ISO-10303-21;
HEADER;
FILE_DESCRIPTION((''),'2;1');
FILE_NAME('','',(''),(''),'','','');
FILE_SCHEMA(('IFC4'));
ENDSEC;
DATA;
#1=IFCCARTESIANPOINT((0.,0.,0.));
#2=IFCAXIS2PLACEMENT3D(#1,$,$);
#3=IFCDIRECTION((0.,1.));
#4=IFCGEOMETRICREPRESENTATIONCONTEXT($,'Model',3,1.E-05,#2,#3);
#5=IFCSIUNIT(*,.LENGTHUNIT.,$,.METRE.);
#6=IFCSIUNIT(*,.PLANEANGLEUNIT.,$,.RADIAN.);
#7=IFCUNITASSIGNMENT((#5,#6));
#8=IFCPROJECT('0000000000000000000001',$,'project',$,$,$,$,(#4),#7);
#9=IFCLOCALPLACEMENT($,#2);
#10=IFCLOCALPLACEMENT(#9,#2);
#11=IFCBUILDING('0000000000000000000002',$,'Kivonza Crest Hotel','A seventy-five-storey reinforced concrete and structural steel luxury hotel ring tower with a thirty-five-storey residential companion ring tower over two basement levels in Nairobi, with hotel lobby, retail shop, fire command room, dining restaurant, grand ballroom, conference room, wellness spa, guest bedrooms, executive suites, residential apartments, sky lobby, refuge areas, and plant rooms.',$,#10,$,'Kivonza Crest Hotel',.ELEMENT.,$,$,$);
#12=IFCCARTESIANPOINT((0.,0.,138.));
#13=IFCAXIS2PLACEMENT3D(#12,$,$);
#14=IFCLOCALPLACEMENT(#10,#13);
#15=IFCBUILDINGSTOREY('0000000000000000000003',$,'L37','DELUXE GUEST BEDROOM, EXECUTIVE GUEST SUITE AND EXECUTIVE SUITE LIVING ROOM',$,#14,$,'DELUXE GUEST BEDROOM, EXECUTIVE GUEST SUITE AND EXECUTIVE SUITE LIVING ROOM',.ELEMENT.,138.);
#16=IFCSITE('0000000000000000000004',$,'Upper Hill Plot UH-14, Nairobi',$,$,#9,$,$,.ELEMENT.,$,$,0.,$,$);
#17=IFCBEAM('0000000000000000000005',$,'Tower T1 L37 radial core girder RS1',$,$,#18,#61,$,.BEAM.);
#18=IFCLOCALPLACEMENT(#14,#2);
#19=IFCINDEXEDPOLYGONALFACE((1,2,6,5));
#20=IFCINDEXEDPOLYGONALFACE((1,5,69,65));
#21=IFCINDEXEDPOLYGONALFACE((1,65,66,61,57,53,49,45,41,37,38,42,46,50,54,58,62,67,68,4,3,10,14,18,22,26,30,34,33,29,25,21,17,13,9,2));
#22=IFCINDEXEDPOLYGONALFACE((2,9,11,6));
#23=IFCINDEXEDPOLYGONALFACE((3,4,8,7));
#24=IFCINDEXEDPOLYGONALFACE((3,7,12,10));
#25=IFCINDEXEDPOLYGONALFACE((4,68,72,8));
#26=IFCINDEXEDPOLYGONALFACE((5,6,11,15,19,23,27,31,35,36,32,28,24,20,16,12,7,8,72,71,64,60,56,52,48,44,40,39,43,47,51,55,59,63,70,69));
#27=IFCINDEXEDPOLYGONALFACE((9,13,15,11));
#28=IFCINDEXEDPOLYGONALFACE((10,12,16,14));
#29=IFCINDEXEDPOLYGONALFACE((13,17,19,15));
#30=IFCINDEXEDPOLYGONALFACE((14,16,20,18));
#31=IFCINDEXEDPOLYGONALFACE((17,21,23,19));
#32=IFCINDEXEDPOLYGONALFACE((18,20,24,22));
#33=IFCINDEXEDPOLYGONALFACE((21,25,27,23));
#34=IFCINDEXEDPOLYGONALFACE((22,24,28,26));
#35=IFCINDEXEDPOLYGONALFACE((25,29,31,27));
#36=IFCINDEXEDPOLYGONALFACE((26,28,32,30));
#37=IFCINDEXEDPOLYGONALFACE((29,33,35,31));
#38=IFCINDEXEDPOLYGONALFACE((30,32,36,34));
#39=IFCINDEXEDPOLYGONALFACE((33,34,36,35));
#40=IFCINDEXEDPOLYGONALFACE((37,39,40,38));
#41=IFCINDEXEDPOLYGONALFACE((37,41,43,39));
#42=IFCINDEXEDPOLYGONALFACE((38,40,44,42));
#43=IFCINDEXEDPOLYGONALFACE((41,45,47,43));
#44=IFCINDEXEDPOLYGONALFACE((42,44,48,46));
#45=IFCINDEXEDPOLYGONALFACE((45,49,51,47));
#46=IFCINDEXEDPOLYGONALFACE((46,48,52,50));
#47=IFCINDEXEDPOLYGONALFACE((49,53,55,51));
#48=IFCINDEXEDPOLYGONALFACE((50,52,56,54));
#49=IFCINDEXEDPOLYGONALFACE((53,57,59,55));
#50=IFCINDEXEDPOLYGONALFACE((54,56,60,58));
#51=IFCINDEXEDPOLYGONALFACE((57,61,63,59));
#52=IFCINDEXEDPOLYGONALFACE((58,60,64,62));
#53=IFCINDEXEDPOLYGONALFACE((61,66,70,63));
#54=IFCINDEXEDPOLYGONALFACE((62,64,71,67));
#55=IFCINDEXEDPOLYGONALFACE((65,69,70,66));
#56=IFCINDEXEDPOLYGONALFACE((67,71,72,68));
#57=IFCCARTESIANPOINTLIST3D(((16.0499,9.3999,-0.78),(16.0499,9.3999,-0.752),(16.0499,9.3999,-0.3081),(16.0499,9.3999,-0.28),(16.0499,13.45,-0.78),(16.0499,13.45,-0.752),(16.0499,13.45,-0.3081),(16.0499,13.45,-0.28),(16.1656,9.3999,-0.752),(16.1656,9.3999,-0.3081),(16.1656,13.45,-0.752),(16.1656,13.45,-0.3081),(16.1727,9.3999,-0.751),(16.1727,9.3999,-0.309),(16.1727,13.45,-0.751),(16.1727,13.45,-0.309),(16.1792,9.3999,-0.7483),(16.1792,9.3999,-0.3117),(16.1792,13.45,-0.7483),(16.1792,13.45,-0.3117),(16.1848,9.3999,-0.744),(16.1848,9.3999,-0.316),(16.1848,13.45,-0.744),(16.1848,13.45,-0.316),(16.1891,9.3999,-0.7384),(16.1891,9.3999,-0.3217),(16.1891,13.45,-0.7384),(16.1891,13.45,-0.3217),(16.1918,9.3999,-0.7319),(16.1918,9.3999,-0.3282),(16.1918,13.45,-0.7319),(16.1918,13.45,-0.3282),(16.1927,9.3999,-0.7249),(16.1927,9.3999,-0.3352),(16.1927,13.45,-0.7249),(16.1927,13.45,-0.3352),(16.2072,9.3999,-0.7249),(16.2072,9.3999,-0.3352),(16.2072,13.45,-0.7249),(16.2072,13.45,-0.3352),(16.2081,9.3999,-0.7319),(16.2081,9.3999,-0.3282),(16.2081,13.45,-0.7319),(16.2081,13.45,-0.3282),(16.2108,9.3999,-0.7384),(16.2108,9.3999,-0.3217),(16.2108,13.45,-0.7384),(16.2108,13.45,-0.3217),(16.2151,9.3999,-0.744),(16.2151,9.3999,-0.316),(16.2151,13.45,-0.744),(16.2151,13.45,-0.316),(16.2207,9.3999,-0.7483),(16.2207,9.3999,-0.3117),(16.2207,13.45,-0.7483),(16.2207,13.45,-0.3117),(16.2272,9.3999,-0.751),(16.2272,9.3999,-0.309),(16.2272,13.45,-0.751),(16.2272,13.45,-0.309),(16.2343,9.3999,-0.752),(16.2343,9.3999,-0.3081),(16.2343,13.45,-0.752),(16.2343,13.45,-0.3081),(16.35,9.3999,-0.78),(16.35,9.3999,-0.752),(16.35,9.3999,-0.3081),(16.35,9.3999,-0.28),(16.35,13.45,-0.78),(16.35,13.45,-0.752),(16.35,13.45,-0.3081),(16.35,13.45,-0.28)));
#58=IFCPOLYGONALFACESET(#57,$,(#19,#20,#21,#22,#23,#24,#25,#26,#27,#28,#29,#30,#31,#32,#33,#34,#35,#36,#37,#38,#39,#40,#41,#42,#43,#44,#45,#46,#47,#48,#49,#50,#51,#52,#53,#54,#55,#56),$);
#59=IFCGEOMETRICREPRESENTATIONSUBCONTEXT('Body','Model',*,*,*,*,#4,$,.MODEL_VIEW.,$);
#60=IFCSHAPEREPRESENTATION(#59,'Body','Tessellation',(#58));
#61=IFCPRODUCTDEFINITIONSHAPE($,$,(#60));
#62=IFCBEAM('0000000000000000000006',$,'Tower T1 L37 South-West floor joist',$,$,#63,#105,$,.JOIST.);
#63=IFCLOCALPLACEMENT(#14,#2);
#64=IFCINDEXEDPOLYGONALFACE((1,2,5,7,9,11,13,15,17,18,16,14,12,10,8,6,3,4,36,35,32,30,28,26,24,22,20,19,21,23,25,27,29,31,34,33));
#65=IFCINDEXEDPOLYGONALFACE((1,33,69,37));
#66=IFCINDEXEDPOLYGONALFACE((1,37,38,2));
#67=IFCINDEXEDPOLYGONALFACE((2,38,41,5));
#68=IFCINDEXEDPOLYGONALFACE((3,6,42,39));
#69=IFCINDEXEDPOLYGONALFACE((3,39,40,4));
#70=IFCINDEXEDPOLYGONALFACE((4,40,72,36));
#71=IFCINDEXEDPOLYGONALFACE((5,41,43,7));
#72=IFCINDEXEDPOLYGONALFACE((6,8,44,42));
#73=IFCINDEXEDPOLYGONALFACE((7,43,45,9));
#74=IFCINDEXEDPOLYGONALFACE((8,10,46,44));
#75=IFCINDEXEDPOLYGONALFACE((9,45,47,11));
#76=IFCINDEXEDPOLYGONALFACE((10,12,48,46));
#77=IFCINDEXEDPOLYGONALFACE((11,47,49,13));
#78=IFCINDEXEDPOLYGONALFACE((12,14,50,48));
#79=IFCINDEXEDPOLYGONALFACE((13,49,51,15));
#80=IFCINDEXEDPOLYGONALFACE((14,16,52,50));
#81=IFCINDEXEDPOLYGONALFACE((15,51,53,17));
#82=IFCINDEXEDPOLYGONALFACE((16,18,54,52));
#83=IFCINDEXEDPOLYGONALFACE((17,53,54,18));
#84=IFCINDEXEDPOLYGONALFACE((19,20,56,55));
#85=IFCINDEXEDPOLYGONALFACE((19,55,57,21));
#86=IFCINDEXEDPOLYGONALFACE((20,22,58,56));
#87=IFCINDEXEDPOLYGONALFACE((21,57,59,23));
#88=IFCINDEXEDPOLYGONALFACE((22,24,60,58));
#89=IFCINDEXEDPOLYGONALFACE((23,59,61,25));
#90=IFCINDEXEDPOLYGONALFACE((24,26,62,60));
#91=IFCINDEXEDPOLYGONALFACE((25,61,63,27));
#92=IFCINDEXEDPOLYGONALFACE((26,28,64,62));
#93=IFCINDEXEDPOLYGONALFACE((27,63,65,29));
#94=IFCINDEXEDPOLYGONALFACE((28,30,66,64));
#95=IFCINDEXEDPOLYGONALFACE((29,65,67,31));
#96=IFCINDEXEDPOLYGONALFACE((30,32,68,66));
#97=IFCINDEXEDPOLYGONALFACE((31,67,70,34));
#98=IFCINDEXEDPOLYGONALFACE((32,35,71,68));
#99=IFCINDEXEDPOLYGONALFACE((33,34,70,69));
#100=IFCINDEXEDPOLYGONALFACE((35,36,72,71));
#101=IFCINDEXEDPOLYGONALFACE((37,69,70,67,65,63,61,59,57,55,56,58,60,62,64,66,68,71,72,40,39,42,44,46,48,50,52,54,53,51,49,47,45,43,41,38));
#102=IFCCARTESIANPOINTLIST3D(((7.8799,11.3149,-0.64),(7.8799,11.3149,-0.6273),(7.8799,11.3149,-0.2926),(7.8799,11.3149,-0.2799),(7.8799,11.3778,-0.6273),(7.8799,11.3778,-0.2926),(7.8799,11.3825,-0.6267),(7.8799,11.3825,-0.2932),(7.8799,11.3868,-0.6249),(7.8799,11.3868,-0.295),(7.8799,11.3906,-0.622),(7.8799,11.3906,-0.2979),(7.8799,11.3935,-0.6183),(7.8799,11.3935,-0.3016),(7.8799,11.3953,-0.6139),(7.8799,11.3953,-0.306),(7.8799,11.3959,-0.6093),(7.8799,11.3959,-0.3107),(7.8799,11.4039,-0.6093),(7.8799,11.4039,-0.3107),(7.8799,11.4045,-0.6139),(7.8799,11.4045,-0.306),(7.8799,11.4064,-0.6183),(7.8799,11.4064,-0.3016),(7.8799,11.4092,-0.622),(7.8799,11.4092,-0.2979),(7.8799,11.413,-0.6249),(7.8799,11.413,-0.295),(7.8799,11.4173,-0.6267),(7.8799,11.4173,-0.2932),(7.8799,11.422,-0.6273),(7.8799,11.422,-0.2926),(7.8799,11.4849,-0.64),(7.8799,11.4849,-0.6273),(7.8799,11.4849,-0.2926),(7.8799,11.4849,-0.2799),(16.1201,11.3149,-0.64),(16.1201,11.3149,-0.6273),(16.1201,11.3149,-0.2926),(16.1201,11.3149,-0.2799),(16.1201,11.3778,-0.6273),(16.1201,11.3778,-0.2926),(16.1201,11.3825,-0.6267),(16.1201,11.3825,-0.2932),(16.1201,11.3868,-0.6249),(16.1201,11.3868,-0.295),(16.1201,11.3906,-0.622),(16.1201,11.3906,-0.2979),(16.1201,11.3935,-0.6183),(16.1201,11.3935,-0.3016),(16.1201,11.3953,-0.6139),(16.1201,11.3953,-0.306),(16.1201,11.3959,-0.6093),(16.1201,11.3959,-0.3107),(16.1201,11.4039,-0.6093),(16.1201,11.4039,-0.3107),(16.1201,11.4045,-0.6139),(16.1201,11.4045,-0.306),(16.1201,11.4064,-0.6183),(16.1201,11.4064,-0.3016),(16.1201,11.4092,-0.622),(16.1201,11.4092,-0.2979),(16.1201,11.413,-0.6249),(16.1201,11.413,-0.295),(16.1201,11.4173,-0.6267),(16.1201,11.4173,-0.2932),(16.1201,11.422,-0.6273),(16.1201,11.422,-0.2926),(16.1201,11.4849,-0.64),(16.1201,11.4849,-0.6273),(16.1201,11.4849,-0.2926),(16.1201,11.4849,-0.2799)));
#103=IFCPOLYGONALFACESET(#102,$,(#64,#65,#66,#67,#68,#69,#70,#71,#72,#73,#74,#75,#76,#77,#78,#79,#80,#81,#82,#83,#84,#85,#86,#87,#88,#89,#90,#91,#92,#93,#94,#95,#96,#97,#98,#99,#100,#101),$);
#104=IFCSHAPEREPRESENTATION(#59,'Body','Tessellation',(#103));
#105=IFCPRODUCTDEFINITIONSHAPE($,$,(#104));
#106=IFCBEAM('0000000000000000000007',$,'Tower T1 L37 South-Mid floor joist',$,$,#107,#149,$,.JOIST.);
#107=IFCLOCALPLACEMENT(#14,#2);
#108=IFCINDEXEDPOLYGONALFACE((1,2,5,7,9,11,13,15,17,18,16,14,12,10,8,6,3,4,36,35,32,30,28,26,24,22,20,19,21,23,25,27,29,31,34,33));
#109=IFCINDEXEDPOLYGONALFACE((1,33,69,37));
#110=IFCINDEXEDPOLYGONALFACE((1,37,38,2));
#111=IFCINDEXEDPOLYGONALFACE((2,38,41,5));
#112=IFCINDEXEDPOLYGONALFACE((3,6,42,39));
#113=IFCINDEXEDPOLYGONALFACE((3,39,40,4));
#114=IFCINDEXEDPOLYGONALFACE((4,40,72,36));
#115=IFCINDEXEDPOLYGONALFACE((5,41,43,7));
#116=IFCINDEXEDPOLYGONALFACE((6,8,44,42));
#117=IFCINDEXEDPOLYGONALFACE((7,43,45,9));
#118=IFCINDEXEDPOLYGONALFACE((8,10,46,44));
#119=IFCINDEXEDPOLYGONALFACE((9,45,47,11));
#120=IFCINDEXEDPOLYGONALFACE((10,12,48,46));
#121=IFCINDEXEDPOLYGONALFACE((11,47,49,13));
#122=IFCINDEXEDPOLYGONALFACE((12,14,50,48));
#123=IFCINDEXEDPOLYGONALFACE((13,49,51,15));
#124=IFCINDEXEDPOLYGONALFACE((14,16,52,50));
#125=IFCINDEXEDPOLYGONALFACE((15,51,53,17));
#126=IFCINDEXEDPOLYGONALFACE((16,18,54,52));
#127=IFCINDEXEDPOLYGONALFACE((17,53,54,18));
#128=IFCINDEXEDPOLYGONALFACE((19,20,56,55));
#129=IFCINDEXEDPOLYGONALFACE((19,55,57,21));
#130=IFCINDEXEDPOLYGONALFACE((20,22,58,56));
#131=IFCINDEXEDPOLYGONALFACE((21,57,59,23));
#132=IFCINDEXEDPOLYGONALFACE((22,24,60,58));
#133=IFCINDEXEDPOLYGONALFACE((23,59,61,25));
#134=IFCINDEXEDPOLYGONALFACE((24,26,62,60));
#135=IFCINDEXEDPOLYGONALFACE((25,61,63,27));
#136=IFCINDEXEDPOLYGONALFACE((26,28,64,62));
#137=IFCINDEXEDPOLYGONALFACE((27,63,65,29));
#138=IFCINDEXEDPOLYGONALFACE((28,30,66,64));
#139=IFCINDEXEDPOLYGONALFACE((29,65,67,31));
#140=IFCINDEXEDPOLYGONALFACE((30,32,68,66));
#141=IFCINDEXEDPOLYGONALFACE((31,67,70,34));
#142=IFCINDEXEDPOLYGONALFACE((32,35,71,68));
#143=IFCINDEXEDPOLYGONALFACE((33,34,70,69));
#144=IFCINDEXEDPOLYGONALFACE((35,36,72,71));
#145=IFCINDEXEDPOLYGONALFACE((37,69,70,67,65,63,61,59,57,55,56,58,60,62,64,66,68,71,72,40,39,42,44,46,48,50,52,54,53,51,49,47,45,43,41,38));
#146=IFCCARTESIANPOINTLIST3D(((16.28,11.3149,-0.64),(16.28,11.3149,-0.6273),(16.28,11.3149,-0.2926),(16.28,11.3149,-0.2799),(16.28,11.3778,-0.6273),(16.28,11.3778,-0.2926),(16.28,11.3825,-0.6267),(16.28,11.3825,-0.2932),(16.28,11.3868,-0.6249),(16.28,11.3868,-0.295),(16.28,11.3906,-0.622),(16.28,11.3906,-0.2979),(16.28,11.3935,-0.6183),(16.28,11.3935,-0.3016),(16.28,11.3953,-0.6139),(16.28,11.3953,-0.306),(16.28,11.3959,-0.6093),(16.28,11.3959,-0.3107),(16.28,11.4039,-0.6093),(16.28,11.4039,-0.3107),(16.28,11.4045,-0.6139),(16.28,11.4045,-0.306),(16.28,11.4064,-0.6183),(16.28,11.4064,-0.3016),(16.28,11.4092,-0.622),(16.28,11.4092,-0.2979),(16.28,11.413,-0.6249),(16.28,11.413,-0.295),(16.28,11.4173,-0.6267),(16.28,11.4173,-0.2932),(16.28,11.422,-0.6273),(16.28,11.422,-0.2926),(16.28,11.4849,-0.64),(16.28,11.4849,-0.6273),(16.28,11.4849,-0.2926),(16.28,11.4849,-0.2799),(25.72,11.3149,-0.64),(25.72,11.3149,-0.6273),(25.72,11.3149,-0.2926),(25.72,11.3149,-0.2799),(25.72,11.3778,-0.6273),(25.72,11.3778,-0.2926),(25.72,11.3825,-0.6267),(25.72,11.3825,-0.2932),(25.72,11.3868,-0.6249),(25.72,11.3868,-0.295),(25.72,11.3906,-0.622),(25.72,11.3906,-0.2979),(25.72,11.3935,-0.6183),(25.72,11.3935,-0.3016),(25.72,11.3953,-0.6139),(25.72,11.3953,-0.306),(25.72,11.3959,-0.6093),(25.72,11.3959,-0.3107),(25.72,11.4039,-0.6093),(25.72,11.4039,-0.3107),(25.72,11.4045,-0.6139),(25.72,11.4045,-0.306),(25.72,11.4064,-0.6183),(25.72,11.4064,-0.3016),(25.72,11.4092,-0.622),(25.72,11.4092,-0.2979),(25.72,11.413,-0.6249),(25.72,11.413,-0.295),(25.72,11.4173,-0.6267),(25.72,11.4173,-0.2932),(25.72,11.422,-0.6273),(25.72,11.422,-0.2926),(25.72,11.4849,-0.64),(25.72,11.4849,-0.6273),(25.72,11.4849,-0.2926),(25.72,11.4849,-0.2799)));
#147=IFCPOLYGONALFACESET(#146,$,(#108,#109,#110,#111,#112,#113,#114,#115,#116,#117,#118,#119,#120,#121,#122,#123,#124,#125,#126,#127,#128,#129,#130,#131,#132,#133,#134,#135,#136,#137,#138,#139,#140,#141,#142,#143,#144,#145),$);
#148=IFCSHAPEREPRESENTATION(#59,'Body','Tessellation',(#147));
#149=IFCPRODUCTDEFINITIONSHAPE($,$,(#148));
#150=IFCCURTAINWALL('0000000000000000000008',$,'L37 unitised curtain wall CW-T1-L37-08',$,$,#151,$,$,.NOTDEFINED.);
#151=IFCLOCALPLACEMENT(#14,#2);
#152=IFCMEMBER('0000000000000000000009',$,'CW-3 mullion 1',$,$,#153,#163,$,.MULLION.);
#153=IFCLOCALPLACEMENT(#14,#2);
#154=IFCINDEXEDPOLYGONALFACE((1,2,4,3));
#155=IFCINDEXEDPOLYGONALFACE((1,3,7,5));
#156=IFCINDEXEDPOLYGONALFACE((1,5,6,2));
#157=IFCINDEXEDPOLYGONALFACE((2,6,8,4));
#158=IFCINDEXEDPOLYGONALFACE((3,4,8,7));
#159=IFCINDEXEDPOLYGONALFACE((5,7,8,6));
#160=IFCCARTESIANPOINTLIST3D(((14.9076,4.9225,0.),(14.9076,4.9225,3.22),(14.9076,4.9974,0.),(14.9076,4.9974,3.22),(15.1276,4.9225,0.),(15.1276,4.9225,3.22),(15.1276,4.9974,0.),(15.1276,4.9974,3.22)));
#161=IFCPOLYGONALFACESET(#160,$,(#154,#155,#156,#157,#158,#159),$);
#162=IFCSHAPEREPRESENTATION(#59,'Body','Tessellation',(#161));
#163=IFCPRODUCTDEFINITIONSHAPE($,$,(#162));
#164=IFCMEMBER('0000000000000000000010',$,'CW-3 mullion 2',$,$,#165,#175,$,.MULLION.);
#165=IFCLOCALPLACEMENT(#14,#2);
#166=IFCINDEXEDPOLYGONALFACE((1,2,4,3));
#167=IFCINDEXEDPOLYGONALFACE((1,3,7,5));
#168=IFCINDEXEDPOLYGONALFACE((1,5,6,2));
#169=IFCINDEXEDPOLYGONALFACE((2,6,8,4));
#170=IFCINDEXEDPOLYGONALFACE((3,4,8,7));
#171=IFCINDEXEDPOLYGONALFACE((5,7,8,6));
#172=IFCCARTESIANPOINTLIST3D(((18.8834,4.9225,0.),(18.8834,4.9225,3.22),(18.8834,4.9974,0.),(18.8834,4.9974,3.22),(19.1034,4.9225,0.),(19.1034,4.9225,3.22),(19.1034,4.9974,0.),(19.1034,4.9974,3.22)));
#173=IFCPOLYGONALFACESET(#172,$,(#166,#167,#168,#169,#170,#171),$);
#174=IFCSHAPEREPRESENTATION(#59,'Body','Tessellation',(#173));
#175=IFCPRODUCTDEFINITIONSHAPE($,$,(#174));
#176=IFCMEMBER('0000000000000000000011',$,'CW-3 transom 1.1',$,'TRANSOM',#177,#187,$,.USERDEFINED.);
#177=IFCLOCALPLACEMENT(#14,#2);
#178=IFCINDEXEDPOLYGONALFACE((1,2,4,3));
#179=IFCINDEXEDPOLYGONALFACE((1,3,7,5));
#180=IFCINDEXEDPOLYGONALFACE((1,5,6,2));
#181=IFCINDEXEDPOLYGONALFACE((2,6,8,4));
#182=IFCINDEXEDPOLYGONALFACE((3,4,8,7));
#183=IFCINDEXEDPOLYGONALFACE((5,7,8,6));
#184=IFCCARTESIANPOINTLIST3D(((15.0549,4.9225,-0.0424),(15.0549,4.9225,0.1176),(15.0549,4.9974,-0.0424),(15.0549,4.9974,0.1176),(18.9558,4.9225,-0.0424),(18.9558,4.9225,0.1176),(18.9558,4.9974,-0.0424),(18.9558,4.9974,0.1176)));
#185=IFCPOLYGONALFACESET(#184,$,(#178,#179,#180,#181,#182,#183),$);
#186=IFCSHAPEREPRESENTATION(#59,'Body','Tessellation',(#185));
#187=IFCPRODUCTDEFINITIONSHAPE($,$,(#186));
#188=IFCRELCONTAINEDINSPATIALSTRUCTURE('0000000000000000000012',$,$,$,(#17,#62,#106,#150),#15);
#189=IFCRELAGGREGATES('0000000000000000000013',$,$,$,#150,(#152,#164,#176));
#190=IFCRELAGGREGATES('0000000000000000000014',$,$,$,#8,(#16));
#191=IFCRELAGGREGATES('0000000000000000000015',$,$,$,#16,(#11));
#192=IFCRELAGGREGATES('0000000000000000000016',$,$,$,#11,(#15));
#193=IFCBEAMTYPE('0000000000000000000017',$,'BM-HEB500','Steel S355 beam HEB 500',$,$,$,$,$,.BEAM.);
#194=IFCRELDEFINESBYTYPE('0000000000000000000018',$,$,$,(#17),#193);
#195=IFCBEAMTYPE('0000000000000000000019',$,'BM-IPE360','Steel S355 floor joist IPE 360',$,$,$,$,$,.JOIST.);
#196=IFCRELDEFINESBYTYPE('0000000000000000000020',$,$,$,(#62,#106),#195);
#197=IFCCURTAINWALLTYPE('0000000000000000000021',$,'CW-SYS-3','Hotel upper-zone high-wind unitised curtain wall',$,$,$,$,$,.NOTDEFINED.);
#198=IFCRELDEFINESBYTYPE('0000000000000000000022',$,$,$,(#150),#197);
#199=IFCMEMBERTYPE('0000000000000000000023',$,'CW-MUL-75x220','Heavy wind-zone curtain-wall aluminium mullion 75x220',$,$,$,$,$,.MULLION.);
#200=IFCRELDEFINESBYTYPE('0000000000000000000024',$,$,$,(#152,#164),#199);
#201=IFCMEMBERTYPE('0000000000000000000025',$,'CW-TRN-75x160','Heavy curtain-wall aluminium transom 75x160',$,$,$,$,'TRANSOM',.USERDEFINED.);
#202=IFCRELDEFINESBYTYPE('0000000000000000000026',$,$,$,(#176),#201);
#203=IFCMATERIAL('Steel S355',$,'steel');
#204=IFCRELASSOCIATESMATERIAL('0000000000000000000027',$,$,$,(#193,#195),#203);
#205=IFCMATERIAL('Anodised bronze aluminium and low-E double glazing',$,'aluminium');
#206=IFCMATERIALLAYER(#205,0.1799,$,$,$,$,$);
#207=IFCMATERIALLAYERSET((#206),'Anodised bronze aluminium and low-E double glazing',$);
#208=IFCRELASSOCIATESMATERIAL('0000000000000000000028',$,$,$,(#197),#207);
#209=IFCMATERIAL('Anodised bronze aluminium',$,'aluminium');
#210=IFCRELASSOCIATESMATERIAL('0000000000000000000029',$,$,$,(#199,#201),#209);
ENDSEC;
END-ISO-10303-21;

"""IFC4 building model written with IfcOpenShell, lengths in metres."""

from ifc_helpers import new_model, si_unit, direction, frame, origin, origin_2d, place, context, subcontext, project, spatial, rectangle, i_section, extrude, material, layer, layer_set, material_profile, profile_set, type_object, element, aggregate, save


model = new_model("IFC4")

# Units and contexts
model_context = context("Model", 3, precision=1e-05, world=origin(), true_north=direction((0.0, 1.0)))
body_context = subcontext(model_context, "Body", "Model", "MODEL_VIEW")
ifc_project = project(units=[si_unit("LENGTHUNIT", "METRE"), si_unit("PLANEANGLEUNIT", "RADIAN")], contexts=[model_context])

# Site, building, storey
site_placement = place(None, origin())
site = spatial("IfcSite", under=ifc_project, at=site_placement, Name="Upper Hill Plot UH-14, Nairobi", CompositionType="ELEMENT", RefElevation=0.0)
building_placement = place(site_placement, origin())
building = spatial("IfcBuilding", under=site, at=building_placement, Name="Kivonza Crest Hotel", Description="A seventy-five-storey reinforced concrete and structural steel luxury hotel ring tower with a thirty-five-storey residential companion ring tower over two basement levels in Nairobi, with hotel lobby, retail shop, fire command room, dining restaurant, grand ballroom, conference room, wellness spa, guest bedrooms, executive suites, residential apartments, sky lobby, refuge areas, and plant rooms.", LongName="Kivonza Crest Hotel", CompositionType="ELEMENT")
storey_placement = place(building_placement, frame((0.0, 0.0, 138.0)))
storey = spatial("IfcBuildingStorey", under=building, at=storey_placement, Name="L37", Description="DELUXE GUEST BEDROOM, EXECUTIVE GUEST SUITE AND EXECUTIVE SUITE LIVING ROOM", LongName="DELUXE GUEST BEDROOM, EXECUTIVE GUEST SUITE AND EXECUTIVE SUITE LIVING ROOM", CompositionType="ELEMENT", Elevation=138.0)

# Beams
ifc_material_1 = material(Name="Steel S355", Category="steel")
ifc_material_profile_1 = material_profile(ifc_material_1, i_section(OverallWidth=0.3, OverallDepth=0.5, WebThickness=0.0144, FlangeThickness=0.0281, FilletRadius=0.0271, at=origin_2d()), Name="HEB 500")
ifc_profile_set_1 = profile_set([ifc_material_profile_1], Name="Steel S355")
beam_type_1 = type_object("IfcBeamType", Name="BM-HEB500", Description="Steel S355 beam HEB 500", PredefinedType="BEAM", material=ifc_profile_set_1)
beam_1_placement = place(storey_placement, frame((16.2, 9.3999, -0.53), z_axis=(0.0, 1.0, 0.0), x_axis=(-1.0, 0.0, 0.0)))
element("IfcBeam", 1, at=beam_1_placement, inside=storey, type_object=beam_type_1, Name="Tower T1 L37 radial core girder RS1", PredefinedType="BEAM", context=body_context, shape_type="SweptSolid", body=[
    extrude(i_section(OverallWidth=0.3, OverallDepth=0.5, WebThickness=0.0144, FlangeThickness=0.0281, FilletRadius=0.0271, at=origin_2d()), origin(), (0.0, 0.0, 1.0), 4.05),
])
ifc_material_profile_2 = material_profile(ifc_material_1, i_section(OverallWidth=0.1699, OverallDepth=0.3601, WebThickness=0.0081, FlangeThickness=0.0127, FilletRadius=0.0181, at=origin_2d()), Name="IPE 360")
ifc_profile_set_2 = profile_set([ifc_material_profile_2], Name="Steel S355")
beam_type_2 = type_object("IfcBeamType", Name="BM-IPE360", Description="Steel S355 floor joist IPE 360", PredefinedType="JOIST", material=ifc_profile_set_2)
beam_2_placement = place(storey_placement, frame((7.8799, 11.3999, -0.46), z_axis=(1.0, 0.0, 0.0), x_axis=(0.0, 1.0, 0.0)))
element("IfcBeam", 2, at=beam_2_placement, inside=storey, type_object=beam_type_2, Name="Tower T1 L37 South-West floor joist", PredefinedType="JOIST", context=body_context, shape_type="SweptSolid", body=[
    extrude(i_section(OverallWidth=0.1699, OverallDepth=0.3601, WebThickness=0.0081, FlangeThickness=0.0127, FilletRadius=0.0181, at=origin_2d()), origin(), (0.0, 0.0, 1.0), 8.2402),
])
beam_3_placement = place(storey_placement, frame((16.28, 11.3999, -0.46), z_axis=(1.0, 0.0, 0.0), x_axis=(0.0, 1.0, 0.0)))
element("IfcBeam", 3, at=beam_3_placement, inside=storey, type_object=beam_type_2, Name="Tower T1 L37 South-Mid floor joist", PredefinedType="JOIST", context=body_context, shape_type="SweptSolid", body=[
    extrude(i_section(OverallWidth=0.1699, OverallDepth=0.3601, WebThickness=0.0081, FlangeThickness=0.0127, FilletRadius=0.0181, at=origin_2d()), origin(), (0.0, 0.0, 1.0), 9.4399),
])

# Curtain wall, members
ifc_material_2 = material(Name="Anodised bronze aluminium and low-E double glazing", Category="aluminium")
ifc_layer_1 = layer(ifc_material_2, 0.1799)
ifc_layer_set_1 = layer_set([ifc_layer_1], Name="Anodised bronze aluminium and low-E double glazing")
curtain_wall_type = type_object("IfcCurtainWallType", Name="CW-SYS-3", Description="Hotel upper-zone high-wind unitised curtain wall", PredefinedType="NOTDEFINED", material=ifc_layer_set_1)
curtain_wall_placement = place(storey_placement, origin())
curtain_wall = element("IfcCurtainWall", 4, at=curtain_wall_placement, inside=storey, type_object=curtain_wall_type, Name="L37 unitised curtain wall CW-T1-L37-08", PredefinedType="NOTDEFINED")
ifc_material_3 = material(Name="Anodised bronze aluminium", Category="aluminium")
ifc_material_profile_3 = material_profile(ifc_material_3, rectangle(XDim=0.075, YDim=0.22, at=origin_2d()), Name="CW-M 75x220")
ifc_profile_set_3 = profile_set([ifc_material_profile_3], Name="Anodised bronze aluminium")
member_type_1 = type_object("IfcMemberType", Name="CW-MUL-75x220", Description="Heavy wind-zone curtain-wall aluminium mullion 75x220", PredefinedType="MULLION", material=ifc_profile_set_3)
member_1_placement = place(storey_placement, frame((15.0176, 4.96, 0.0), z_axis=(0.0, 0.0, 1.0), x_axis=(0.0, 1.0, 0.0)))
member_1 = element("IfcMember", 5, at=member_1_placement, type_object=member_type_1, Name="CW-3 mullion 1", PredefinedType="MULLION", context=body_context, shape_type="SweptSolid", body=[
    extrude(rectangle(XDim=0.075, YDim=0.22, at=origin_2d()), origin(), (0.0, 0.0, 1.0), 3.22),
])
member_2_placement = place(storey_placement, frame((18.9934, 4.96, 0.0), z_axis=(0.0, 0.0, 1.0), x_axis=(0.0, 1.0, 0.0)))
member_2 = element("IfcMember", 6, at=member_2_placement, type_object=member_type_1, Name="CW-3 mullion 2", PredefinedType="MULLION", context=body_context, shape_type="SweptSolid", body=[
    extrude(rectangle(XDim=0.075, YDim=0.22, at=origin_2d()), origin(), (0.0, 0.0, 1.0), 3.22),
])
ifc_material_profile_4 = material_profile(ifc_material_3, rectangle(XDim=0.075, YDim=0.1599, at=origin_2d()), Name="CW-T 75x160")
ifc_profile_set_4 = profile_set([ifc_material_profile_4], Name="Anodised bronze aluminium")
member_type_2 = type_object("IfcMemberType", Name="CW-TRN-75x160", Description="Heavy curtain-wall aluminium transom 75x160", ElementType="TRANSOM", PredefinedType="USERDEFINED", material=ifc_profile_set_4)
member_3_placement = place(storey_placement, frame((15.0549, 4.96, 0.0376), z_axis=(1.0, 0.0, 0.0), x_axis=(0.0, 1.0, 0.0)))
member_3 = element("IfcMember", 7, at=member_3_placement, type_object=member_type_2, Name="CW-3 transom 1.1", ObjectType="TRANSOM", PredefinedType="USERDEFINED", context=body_context, shape_type="SweptSolid", body=[
    extrude(rectangle(XDim=0.075, YDim=0.1599, at=origin_2d()), origin(), (0.0, 0.0, 1.0), 3.9009),
])
aggregate(curtain_wall, [member_1, member_2, member_3])

save(model, "model.ifc")
